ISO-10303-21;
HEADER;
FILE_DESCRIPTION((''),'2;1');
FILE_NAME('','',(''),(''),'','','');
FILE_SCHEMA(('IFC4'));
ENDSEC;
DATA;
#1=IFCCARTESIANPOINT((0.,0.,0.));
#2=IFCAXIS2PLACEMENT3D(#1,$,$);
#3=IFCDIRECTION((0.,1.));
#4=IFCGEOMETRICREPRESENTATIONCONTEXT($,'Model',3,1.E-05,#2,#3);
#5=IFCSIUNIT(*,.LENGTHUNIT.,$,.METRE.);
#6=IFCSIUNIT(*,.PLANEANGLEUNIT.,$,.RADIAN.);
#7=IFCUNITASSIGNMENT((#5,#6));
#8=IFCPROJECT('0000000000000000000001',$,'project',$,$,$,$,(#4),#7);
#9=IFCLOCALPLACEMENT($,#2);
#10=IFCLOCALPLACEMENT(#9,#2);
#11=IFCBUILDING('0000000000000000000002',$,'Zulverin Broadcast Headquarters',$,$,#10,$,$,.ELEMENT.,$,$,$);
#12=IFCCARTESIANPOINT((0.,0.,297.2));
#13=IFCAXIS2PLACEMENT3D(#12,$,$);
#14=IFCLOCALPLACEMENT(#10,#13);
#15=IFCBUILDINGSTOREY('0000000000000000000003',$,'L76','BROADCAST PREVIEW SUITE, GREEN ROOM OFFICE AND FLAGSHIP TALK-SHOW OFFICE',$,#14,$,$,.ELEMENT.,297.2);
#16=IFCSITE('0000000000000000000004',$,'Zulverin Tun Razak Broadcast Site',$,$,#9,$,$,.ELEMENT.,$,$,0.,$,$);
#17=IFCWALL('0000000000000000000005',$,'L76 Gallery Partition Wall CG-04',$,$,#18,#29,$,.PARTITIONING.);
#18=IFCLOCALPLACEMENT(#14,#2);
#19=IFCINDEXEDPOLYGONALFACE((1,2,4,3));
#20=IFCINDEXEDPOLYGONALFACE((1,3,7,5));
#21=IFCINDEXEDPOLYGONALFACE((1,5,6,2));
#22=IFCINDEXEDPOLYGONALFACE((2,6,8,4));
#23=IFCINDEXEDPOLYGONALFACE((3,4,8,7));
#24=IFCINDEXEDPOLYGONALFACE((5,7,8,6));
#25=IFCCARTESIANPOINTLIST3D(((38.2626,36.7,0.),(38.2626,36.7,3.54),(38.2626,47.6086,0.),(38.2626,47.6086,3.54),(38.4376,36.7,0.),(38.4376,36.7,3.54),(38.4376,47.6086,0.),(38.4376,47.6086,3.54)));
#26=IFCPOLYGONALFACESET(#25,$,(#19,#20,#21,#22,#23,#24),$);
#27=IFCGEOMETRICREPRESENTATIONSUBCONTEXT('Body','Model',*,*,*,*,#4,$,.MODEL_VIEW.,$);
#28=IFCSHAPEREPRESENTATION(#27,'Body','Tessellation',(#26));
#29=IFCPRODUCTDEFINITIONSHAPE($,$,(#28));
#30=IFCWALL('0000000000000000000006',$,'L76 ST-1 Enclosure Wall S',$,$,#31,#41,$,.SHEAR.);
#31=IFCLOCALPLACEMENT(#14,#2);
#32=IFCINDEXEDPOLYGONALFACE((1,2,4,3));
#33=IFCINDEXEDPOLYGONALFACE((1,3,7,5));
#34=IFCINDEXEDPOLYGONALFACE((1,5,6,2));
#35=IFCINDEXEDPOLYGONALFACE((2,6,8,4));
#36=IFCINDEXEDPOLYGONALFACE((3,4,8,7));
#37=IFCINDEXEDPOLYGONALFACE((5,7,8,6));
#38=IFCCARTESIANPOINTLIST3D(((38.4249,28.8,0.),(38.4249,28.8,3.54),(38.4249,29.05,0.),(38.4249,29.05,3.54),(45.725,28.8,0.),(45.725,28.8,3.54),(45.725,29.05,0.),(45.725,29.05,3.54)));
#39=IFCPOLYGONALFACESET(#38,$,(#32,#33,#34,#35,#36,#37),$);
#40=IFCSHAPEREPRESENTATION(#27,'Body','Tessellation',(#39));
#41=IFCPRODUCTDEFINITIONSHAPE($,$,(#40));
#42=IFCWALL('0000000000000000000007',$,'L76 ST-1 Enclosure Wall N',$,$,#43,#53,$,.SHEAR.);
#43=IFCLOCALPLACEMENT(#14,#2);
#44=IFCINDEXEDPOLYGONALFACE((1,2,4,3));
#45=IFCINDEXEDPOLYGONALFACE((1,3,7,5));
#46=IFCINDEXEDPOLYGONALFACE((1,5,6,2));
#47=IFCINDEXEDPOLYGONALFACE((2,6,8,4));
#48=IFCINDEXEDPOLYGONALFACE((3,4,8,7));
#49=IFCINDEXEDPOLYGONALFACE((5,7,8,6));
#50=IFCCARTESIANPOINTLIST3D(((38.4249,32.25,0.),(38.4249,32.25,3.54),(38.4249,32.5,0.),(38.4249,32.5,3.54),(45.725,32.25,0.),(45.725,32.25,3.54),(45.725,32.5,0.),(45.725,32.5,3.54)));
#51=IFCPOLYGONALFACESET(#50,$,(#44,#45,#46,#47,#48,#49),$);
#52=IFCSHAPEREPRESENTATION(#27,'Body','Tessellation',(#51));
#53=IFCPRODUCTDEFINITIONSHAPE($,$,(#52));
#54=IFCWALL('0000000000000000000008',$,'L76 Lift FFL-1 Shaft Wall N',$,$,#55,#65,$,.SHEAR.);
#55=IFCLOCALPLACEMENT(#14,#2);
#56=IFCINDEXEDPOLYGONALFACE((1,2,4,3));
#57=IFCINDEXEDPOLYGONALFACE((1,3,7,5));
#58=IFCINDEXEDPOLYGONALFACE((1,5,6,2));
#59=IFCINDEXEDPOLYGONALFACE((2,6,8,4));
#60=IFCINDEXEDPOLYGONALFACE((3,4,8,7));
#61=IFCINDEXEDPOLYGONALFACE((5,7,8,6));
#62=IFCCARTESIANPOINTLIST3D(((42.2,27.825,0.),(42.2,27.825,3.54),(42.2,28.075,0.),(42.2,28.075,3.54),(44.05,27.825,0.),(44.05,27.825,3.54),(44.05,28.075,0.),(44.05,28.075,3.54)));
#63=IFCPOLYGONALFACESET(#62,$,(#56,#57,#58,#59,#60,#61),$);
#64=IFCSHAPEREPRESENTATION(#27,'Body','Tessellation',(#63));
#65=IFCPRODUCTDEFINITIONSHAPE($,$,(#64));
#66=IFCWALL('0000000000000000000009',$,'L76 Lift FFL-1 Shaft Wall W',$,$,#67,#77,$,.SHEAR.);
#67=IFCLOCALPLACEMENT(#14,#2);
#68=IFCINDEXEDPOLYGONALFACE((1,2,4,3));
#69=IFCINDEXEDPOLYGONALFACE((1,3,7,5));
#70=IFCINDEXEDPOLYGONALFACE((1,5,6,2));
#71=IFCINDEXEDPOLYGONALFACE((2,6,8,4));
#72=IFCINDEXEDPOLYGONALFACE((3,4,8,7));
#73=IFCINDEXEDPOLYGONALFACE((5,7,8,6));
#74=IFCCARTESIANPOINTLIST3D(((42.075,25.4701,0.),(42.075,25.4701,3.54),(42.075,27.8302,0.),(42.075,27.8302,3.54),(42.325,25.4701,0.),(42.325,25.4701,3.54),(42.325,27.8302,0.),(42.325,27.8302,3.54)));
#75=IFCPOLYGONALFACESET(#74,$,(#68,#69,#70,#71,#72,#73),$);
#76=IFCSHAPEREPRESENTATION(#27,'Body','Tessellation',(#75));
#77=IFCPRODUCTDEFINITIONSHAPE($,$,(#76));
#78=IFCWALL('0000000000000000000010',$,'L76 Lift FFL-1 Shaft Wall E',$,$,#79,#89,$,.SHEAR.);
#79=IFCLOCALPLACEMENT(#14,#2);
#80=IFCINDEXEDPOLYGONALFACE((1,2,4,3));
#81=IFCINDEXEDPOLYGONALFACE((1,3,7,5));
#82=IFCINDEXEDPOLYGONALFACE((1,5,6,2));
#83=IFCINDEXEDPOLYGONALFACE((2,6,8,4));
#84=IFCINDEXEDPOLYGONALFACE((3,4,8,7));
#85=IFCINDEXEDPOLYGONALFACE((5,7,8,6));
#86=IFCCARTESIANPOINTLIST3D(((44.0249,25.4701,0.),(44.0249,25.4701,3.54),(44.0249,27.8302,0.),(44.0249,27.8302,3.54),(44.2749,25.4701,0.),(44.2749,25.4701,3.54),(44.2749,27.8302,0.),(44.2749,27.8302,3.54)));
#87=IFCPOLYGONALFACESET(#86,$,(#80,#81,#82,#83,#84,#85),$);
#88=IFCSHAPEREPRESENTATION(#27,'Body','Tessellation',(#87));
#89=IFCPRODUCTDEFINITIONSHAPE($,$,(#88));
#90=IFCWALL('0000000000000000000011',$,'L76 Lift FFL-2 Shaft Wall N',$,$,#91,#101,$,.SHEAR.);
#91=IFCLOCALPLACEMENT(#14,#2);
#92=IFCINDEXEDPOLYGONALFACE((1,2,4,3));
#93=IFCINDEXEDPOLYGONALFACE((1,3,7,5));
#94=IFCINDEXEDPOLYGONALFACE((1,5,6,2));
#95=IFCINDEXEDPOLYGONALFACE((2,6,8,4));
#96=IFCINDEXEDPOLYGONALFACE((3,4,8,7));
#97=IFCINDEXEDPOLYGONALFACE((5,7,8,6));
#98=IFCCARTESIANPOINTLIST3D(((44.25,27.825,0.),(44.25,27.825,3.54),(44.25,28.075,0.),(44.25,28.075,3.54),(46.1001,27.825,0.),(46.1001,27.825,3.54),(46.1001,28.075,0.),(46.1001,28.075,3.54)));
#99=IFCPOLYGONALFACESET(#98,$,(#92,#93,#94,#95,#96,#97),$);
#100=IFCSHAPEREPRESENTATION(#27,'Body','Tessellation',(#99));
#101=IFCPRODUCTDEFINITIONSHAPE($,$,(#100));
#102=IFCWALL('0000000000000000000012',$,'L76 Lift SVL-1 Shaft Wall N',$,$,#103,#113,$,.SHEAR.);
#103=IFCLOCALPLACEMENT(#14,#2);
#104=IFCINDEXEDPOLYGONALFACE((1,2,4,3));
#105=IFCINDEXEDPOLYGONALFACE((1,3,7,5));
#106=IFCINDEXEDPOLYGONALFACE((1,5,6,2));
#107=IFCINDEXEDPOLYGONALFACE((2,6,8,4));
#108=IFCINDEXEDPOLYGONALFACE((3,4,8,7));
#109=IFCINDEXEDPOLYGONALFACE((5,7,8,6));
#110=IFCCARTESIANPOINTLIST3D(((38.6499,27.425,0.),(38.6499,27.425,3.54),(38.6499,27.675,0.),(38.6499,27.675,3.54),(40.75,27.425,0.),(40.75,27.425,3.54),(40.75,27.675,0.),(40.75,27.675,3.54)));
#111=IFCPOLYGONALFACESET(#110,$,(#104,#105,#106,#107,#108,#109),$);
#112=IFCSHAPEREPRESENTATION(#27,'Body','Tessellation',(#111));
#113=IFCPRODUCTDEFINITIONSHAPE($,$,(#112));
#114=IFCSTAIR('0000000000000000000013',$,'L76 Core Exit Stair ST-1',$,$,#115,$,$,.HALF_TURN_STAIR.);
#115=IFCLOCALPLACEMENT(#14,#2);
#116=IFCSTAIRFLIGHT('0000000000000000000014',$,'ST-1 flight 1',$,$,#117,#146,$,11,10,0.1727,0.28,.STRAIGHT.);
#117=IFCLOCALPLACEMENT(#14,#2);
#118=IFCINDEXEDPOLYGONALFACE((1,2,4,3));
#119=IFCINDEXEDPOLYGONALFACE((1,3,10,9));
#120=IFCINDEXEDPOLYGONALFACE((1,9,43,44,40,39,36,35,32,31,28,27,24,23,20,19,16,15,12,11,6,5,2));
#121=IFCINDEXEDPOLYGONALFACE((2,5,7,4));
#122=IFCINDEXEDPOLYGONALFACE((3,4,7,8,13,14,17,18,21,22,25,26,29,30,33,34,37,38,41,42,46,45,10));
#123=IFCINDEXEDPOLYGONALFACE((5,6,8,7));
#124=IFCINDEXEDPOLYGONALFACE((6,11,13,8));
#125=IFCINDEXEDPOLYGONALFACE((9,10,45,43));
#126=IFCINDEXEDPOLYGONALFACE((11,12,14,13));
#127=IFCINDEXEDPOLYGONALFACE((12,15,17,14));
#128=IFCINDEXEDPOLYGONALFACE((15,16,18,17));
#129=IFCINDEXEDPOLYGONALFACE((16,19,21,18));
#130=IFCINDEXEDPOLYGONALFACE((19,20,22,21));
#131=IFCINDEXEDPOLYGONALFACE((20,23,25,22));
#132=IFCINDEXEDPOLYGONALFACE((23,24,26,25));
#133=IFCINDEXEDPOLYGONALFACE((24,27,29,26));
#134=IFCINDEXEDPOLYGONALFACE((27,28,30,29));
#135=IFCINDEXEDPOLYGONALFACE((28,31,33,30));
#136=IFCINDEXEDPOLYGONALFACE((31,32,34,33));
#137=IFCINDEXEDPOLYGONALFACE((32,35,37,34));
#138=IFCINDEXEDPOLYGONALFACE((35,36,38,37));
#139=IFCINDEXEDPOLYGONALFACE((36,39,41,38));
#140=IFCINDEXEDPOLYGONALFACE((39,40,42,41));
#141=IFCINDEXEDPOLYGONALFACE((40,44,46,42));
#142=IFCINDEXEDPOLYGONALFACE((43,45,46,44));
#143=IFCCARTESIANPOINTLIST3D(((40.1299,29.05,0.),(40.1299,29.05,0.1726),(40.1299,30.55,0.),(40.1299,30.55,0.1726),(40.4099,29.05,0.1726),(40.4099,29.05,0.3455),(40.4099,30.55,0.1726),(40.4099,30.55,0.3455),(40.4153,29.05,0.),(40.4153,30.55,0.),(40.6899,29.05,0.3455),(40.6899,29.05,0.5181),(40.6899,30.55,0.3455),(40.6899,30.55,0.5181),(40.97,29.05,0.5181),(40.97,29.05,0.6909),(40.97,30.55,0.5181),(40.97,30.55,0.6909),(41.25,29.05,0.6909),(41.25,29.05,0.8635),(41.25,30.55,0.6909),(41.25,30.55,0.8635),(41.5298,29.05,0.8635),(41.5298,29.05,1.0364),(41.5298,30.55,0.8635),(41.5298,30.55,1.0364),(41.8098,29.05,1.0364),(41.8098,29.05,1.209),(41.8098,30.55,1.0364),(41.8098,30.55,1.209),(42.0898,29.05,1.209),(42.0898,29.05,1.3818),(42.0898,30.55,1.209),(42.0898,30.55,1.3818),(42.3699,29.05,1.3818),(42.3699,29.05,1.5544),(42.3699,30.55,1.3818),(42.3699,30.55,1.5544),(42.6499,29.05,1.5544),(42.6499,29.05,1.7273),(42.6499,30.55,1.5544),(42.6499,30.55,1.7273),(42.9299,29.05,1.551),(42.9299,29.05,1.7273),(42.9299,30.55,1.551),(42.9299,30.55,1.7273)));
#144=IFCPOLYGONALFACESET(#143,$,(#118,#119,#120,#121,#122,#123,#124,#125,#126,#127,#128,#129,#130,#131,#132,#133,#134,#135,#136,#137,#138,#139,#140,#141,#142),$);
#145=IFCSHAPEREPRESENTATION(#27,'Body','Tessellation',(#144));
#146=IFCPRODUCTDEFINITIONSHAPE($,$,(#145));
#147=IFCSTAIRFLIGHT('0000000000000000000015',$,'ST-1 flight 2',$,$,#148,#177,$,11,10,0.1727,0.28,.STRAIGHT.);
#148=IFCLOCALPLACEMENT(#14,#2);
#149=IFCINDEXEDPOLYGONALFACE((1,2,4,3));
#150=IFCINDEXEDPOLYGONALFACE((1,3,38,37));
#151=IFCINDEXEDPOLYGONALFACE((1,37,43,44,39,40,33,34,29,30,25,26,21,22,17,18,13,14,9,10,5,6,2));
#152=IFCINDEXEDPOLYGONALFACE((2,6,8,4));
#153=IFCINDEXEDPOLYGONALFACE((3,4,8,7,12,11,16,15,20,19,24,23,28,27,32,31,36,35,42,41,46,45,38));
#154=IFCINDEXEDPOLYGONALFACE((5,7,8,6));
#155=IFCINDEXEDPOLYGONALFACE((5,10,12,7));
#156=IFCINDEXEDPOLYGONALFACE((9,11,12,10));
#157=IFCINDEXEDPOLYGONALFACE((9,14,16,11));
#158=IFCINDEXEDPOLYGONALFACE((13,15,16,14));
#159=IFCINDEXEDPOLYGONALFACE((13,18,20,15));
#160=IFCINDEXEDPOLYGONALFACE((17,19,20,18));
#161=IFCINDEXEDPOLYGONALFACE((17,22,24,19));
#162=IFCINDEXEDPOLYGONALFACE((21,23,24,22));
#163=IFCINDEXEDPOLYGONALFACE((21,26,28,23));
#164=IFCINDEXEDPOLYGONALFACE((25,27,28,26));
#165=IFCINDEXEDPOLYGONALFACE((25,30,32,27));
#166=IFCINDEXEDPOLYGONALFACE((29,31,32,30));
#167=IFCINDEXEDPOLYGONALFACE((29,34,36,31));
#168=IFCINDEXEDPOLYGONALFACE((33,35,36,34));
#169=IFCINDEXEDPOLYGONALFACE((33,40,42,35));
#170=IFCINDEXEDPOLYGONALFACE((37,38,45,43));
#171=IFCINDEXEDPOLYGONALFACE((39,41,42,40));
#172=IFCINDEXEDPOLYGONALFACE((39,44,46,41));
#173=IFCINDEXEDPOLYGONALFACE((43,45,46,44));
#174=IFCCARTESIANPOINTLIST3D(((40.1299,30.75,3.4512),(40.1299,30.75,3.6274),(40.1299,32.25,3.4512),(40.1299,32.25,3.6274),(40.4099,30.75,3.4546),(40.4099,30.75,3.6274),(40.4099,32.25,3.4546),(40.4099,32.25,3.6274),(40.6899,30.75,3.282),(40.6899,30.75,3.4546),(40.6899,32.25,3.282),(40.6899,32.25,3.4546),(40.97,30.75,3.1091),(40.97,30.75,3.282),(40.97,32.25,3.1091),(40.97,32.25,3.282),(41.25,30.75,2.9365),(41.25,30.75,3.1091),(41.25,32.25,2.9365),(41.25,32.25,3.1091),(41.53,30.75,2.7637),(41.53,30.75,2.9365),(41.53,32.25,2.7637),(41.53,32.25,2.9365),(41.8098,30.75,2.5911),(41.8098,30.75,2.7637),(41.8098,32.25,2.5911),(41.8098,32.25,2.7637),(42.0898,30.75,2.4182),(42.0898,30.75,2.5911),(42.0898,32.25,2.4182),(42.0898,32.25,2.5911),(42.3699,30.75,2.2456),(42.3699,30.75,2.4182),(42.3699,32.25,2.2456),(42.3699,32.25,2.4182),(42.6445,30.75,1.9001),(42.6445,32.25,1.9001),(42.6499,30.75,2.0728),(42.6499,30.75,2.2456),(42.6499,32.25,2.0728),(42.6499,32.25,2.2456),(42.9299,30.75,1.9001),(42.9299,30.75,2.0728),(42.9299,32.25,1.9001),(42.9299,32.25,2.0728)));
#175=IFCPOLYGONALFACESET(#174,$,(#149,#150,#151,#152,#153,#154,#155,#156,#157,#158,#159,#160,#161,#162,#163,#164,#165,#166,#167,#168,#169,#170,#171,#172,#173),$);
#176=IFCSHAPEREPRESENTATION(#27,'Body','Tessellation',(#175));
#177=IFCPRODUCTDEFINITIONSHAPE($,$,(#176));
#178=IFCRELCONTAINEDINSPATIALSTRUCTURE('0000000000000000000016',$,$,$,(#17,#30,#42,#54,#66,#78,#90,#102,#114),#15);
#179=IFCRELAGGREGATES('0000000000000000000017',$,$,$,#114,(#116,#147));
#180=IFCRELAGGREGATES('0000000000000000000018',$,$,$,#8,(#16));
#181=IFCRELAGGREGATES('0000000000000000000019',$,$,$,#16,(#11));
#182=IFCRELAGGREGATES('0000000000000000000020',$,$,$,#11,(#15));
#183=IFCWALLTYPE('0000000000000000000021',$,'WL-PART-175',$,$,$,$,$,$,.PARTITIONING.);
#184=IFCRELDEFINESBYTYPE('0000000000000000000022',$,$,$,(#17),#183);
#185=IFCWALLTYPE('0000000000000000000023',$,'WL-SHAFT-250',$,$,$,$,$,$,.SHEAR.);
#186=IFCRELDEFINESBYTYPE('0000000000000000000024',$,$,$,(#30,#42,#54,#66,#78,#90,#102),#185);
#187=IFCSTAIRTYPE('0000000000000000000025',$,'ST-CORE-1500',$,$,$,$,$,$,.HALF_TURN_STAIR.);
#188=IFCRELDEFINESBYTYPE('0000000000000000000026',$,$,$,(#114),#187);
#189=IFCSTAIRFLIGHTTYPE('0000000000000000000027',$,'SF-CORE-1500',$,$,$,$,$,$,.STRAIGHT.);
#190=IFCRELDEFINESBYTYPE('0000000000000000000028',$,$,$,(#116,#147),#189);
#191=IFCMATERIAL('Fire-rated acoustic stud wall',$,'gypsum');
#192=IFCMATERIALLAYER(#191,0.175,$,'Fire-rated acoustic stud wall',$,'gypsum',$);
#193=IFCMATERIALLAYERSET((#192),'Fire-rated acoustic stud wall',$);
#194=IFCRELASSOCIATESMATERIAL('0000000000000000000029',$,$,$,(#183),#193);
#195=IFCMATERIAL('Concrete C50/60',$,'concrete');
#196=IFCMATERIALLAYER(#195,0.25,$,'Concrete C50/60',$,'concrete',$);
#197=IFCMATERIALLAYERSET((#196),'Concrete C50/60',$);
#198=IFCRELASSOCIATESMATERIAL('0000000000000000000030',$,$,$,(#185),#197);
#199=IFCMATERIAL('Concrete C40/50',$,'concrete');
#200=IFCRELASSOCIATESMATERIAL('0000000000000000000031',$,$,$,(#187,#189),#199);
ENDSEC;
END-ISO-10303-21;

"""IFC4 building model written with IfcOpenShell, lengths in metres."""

from ifc_helpers import new_model, si_unit, direction, frame, frame_2d, origin, place, context, subcontext, project, spatial, polyline, rectangle, outline, extrude, material, layer, layer_set, type_object, element, aggregate, save


model = new_model("IFC4")

# Units and contexts
model_context = context("Model", 3, precision=1e-05, world=origin(), true_north=direction((0.0, 1.0)))
body_context = subcontext(model_context, "Body", "Model", "MODEL_VIEW")
ifc_project = project(units=[si_unit("LENGTHUNIT", "METRE"), si_unit("PLANEANGLEUNIT", "RADIAN")], contexts=[model_context])

# Site, building, storey
site_placement = place(None, origin())
site = spatial("IfcSite", under=ifc_project, at=site_placement, Name="Zulverin Tun Razak Broadcast Site", CompositionType="ELEMENT", RefElevation=0.0)
building_placement = place(site_placement, origin())
building = spatial("IfcBuilding", under=site, at=building_placement, Name="Zulverin Broadcast Headquarters", CompositionType="ELEMENT")
storey_placement = place(building_placement, frame((0.0, 0.0, 297.2)))
storey = spatial("IfcBuildingStorey", under=building, at=storey_placement, Name="L76", Description="BROADCAST PREVIEW SUITE, GREEN ROOM OFFICE AND FLAGSHIP TALK-SHOW OFFICE", CompositionType="ELEMENT", Elevation=297.2)

# Shared definitions
ifc_material_1 = material(Name="Concrete C50/60", Category="concrete")

# Shared definitions
ifc_material_2 = material(Name="Concrete C40/50", Category="concrete")

# Walls
ifc_material_3 = material(Name="Fire-rated acoustic stud wall", Category="gypsum")
ifc_layer_1 = layer(ifc_material_3, 0.175, Name="Fire-rated acoustic stud wall", Category="gypsum")
ifc_layer_set_1 = layer_set([ifc_layer_1], Name="Fire-rated acoustic stud wall")
wall_type_1 = type_object("IfcWallType", Name="WL-PART-175", PredefinedType="PARTITIONING", material=ifc_layer_set_1)
wall_1_placement = place(storey_placement, frame((38.3501, 36.7, 0.0), z_axis=(0.0, 0.0, 1.0), x_axis=(0.0, 1.0, 0.0)))
element("IfcWall", 1, at=wall_1_placement, inside=storey, type_object=wall_type_1, Name="L76 Gallery Partition Wall CG-04", PredefinedType="PARTITIONING", context=body_context, shape_type="SweptSolid", body=[
    extrude(rectangle(XDim=10.9087, YDim=0.175, at=frame_2d((5.4543, 0.0))), origin(), (0.0, 0.0, 1.0), 3.54),
])
ifc_layer_2 = layer(ifc_material_1, 0.25, Name="Concrete C50/60", Category="concrete")
ifc_layer_set_2 = layer_set([ifc_layer_2], Name="Concrete C50/60")
wall_type_2 = type_object("IfcWallType", Name="WL-SHAFT-250", PredefinedType="SHEAR", material=ifc_layer_set_2)
for number, where, z_axis, x_axis, name in (
    (2, (38.425, 28.925, 0.0), (0.0, 0.0, 1.0), (1.0, 0.0, 0.0), "L76 ST-1 Enclosure Wall S"),
    (3, (38.425, 32.375, 0.0), (0.0, 0.0, 1.0), (1.0, 0.0, 0.0), "L76 ST-1 Enclosure Wall N"),
):
    element("IfcWall", number, at=place(storey_placement, frame(where, z_axis=z_axis, x_axis=x_axis)), inside=storey, type_object=wall_type_2, Name=name, PredefinedType="SHEAR", context=body_context, shape_type="SweptSolid", body=[
        extrude(rectangle(XDim=7.3, YDim=0.25, at=frame_2d((3.6499, 0.0))), origin(), (0.0, 0.0, 1.0), 3.54),
    ])

# Walls
wall_2_placement = place(storey_placement, frame((42.2, 27.95, 0.0), z_axis=(0.0, 0.0, 1.0), x_axis=(1.0, 0.0, 0.0)))
element("IfcWall", 4, at=wall_2_placement, inside=storey, type_object=wall_type_2, Name="L76 Lift FFL-1 Shaft Wall N", PredefinedType="SHEAR", context=body_context, shape_type="SweptSolid", body=[
    extrude(rectangle(XDim=1.8501, YDim=0.25, at=frame_2d((0.925, 0.0))), origin(), (0.0, 0.0, 1.0), 3.54),
])
for number, where, z_axis, x_axis, name in (
    (5, (42.2, 25.47, 0.0), (0.0, 0.0, 1.0), (0.0, 1.0, 0.0), "L76 Lift FFL-1 Shaft Wall W"),
    (6, (44.1499, 25.47, 0.0), (0.0, 0.0, 1.0), (0.0, 1.0, 0.0), "L76 Lift FFL-1 Shaft Wall E"),
):
    element("IfcWall", number, at=place(storey_placement, frame(where, z_axis=z_axis, x_axis=x_axis)), inside=storey, type_object=wall_type_2, Name=name, PredefinedType="SHEAR", context=body_context, shape_type="SweptSolid", body=[
        extrude(rectangle(XDim=2.3601, YDim=0.25, at=frame_2d((1.1802, 0.0))), origin(), (0.0, 0.0, 1.0), 3.54),
    ])
wall_3_placement = place(storey_placement, frame((44.25, 27.95, 0.0), z_axis=(0.0, 0.0, 1.0), x_axis=(1.0, 0.0, 0.0)))
element("IfcWall", 7, at=wall_3_placement, inside=storey, type_object=wall_type_2, Name="L76 Lift FFL-2 Shaft Wall N", PredefinedType="SHEAR", context=body_context, shape_type="SweptSolid", body=[
    extrude(rectangle(XDim=1.8501, YDim=0.25, at=frame_2d((0.925, 0.0))), origin(), (0.0, 0.0, 1.0), 3.54),
])
wall_4_placement = place(storey_placement, frame((38.6499, 27.55, 0.0), z_axis=(0.0, 0.0, 1.0), x_axis=(1.0, 0.0, 0.0)))
element("IfcWall", 8, at=wall_4_placement, inside=storey, type_object=wall_type_2, Name="L76 Lift SVL-1 Shaft Wall N", PredefinedType="SHEAR", context=body_context, shape_type="SweptSolid", body=[
    extrude(rectangle(XDim=2.1001, YDim=0.25, at=frame_2d((1.05, 0.0))), origin(), (0.0, 0.0, 1.0), 3.54),
])

# Stair, stair flights
stair_type = type_object("IfcStairType", Name="ST-CORE-1500", PredefinedType="HALF_TURN_STAIR", material=ifc_material_2)
stair_placement = place(storey_placement, origin())
stair = element("IfcStair", 9, at=stair_placement, inside=storey, type_object=stair_type, Name="L76 Core Exit Stair ST-1", PredefinedType="HALF_TURN_STAIR")
stair_flight_type = type_object("IfcStairFlightType", Name="SF-CORE-1500", PredefinedType="STRAIGHT", material=ifc_material_2)
stair_flight_1_placement = place(storey_placement, frame((40.1299, 29.8, 0.0), z_axis=(0.0, 0.0, 1.0), x_axis=(1.0, 0.0, 0.0)))
stair_flight_1 = element("IfcStairFlight", 10, at=stair_flight_1_placement, type_object=stair_flight_type, Name="ST-1 flight 1", NumberOfRisers=11, NumberOfTreads=10, PredefinedType="STRAIGHT", RiserHeight=0.1727, TreadLength=0.28, context=body_context, shape_type="SweptSolid", body=[
    extrude(outline(polyline([(0.0, 0.0), (0.0, 0.1726), (0.28, 0.1726), (0.28, 0.3455), (0.5601, 0.3455), (0.5601, 0.5181), (0.8401, 0.5181), (0.8401, 0.6909), (1.1201, 0.6909), (1.1201, 0.8635), (1.3999, 0.8635), (1.3999, 1.0364), (1.6799, 1.0364), (1.6799, 1.209), (1.96, 1.209), (1.96, 1.3818), (2.24, 1.3818), (2.24, 1.5544), (2.52, 1.5544), (2.52, 1.7273), (2.8, 1.7273), (2.8, 1.8999), (2.8, 1.551), (0.2854, 0.0), (0.0, 0.0)])), frame((0.0, 0.75, 0.0), z_axis=(0.0, -1.0, 0.0), x_axis=(1.0, 0.0, 0.0)), (0.0, 0.0, 1.0), 1.5),
])
stair_flight_2_placement = place(storey_placement, frame((42.9299, 31.5, 1.9001), z_axis=(0.0, 0.0, 1.0), x_axis=(-1.0, 0.0, 0.0)))
stair_flight_2 = element("IfcStairFlight", 11, at=stair_flight_2_placement, type_object=stair_flight_type, Name="ST-1 flight 2", NumberOfRisers=11, NumberOfTreads=10, PredefinedType="STRAIGHT", RiserHeight=0.1727, TreadLength=0.28, context=body_context, shape_type="SweptSolid", body=[
    extrude(outline(polyline([(0.0, 0.0), (0.0, 0.1726), (0.28, 0.1726), (0.28, 0.3455), (0.5601, 0.3455), (0.5601, 0.5181), (0.8401, 0.5181), (0.8401, 0.6909), (1.1201, 0.6909), (1.1201, 0.8635), (1.3999, 0.8635), (1.3999, 1.0364), (1.6799, 1.0364), (1.6799, 1.209), (1.96, 1.209), (1.96, 1.3818), (2.24, 1.3818), (2.24, 1.5544), (2.52, 1.5544), (2.52, 1.7273), (2.8, 1.7273), (2.8, 1.8999), (2.8, 1.551), (0.2854, 0.0), (0.0, 0.0)])), frame((0.0, 0.75, 0.0), z_axis=(0.0, -1.0, 0.0), x_axis=(1.0, 0.0, 0.0)), (0.0, 0.0, 1.0), 1.5),
])
aggregate(stair, [stair_flight_1, stair_flight_2])

save(model, "model.ifc")
